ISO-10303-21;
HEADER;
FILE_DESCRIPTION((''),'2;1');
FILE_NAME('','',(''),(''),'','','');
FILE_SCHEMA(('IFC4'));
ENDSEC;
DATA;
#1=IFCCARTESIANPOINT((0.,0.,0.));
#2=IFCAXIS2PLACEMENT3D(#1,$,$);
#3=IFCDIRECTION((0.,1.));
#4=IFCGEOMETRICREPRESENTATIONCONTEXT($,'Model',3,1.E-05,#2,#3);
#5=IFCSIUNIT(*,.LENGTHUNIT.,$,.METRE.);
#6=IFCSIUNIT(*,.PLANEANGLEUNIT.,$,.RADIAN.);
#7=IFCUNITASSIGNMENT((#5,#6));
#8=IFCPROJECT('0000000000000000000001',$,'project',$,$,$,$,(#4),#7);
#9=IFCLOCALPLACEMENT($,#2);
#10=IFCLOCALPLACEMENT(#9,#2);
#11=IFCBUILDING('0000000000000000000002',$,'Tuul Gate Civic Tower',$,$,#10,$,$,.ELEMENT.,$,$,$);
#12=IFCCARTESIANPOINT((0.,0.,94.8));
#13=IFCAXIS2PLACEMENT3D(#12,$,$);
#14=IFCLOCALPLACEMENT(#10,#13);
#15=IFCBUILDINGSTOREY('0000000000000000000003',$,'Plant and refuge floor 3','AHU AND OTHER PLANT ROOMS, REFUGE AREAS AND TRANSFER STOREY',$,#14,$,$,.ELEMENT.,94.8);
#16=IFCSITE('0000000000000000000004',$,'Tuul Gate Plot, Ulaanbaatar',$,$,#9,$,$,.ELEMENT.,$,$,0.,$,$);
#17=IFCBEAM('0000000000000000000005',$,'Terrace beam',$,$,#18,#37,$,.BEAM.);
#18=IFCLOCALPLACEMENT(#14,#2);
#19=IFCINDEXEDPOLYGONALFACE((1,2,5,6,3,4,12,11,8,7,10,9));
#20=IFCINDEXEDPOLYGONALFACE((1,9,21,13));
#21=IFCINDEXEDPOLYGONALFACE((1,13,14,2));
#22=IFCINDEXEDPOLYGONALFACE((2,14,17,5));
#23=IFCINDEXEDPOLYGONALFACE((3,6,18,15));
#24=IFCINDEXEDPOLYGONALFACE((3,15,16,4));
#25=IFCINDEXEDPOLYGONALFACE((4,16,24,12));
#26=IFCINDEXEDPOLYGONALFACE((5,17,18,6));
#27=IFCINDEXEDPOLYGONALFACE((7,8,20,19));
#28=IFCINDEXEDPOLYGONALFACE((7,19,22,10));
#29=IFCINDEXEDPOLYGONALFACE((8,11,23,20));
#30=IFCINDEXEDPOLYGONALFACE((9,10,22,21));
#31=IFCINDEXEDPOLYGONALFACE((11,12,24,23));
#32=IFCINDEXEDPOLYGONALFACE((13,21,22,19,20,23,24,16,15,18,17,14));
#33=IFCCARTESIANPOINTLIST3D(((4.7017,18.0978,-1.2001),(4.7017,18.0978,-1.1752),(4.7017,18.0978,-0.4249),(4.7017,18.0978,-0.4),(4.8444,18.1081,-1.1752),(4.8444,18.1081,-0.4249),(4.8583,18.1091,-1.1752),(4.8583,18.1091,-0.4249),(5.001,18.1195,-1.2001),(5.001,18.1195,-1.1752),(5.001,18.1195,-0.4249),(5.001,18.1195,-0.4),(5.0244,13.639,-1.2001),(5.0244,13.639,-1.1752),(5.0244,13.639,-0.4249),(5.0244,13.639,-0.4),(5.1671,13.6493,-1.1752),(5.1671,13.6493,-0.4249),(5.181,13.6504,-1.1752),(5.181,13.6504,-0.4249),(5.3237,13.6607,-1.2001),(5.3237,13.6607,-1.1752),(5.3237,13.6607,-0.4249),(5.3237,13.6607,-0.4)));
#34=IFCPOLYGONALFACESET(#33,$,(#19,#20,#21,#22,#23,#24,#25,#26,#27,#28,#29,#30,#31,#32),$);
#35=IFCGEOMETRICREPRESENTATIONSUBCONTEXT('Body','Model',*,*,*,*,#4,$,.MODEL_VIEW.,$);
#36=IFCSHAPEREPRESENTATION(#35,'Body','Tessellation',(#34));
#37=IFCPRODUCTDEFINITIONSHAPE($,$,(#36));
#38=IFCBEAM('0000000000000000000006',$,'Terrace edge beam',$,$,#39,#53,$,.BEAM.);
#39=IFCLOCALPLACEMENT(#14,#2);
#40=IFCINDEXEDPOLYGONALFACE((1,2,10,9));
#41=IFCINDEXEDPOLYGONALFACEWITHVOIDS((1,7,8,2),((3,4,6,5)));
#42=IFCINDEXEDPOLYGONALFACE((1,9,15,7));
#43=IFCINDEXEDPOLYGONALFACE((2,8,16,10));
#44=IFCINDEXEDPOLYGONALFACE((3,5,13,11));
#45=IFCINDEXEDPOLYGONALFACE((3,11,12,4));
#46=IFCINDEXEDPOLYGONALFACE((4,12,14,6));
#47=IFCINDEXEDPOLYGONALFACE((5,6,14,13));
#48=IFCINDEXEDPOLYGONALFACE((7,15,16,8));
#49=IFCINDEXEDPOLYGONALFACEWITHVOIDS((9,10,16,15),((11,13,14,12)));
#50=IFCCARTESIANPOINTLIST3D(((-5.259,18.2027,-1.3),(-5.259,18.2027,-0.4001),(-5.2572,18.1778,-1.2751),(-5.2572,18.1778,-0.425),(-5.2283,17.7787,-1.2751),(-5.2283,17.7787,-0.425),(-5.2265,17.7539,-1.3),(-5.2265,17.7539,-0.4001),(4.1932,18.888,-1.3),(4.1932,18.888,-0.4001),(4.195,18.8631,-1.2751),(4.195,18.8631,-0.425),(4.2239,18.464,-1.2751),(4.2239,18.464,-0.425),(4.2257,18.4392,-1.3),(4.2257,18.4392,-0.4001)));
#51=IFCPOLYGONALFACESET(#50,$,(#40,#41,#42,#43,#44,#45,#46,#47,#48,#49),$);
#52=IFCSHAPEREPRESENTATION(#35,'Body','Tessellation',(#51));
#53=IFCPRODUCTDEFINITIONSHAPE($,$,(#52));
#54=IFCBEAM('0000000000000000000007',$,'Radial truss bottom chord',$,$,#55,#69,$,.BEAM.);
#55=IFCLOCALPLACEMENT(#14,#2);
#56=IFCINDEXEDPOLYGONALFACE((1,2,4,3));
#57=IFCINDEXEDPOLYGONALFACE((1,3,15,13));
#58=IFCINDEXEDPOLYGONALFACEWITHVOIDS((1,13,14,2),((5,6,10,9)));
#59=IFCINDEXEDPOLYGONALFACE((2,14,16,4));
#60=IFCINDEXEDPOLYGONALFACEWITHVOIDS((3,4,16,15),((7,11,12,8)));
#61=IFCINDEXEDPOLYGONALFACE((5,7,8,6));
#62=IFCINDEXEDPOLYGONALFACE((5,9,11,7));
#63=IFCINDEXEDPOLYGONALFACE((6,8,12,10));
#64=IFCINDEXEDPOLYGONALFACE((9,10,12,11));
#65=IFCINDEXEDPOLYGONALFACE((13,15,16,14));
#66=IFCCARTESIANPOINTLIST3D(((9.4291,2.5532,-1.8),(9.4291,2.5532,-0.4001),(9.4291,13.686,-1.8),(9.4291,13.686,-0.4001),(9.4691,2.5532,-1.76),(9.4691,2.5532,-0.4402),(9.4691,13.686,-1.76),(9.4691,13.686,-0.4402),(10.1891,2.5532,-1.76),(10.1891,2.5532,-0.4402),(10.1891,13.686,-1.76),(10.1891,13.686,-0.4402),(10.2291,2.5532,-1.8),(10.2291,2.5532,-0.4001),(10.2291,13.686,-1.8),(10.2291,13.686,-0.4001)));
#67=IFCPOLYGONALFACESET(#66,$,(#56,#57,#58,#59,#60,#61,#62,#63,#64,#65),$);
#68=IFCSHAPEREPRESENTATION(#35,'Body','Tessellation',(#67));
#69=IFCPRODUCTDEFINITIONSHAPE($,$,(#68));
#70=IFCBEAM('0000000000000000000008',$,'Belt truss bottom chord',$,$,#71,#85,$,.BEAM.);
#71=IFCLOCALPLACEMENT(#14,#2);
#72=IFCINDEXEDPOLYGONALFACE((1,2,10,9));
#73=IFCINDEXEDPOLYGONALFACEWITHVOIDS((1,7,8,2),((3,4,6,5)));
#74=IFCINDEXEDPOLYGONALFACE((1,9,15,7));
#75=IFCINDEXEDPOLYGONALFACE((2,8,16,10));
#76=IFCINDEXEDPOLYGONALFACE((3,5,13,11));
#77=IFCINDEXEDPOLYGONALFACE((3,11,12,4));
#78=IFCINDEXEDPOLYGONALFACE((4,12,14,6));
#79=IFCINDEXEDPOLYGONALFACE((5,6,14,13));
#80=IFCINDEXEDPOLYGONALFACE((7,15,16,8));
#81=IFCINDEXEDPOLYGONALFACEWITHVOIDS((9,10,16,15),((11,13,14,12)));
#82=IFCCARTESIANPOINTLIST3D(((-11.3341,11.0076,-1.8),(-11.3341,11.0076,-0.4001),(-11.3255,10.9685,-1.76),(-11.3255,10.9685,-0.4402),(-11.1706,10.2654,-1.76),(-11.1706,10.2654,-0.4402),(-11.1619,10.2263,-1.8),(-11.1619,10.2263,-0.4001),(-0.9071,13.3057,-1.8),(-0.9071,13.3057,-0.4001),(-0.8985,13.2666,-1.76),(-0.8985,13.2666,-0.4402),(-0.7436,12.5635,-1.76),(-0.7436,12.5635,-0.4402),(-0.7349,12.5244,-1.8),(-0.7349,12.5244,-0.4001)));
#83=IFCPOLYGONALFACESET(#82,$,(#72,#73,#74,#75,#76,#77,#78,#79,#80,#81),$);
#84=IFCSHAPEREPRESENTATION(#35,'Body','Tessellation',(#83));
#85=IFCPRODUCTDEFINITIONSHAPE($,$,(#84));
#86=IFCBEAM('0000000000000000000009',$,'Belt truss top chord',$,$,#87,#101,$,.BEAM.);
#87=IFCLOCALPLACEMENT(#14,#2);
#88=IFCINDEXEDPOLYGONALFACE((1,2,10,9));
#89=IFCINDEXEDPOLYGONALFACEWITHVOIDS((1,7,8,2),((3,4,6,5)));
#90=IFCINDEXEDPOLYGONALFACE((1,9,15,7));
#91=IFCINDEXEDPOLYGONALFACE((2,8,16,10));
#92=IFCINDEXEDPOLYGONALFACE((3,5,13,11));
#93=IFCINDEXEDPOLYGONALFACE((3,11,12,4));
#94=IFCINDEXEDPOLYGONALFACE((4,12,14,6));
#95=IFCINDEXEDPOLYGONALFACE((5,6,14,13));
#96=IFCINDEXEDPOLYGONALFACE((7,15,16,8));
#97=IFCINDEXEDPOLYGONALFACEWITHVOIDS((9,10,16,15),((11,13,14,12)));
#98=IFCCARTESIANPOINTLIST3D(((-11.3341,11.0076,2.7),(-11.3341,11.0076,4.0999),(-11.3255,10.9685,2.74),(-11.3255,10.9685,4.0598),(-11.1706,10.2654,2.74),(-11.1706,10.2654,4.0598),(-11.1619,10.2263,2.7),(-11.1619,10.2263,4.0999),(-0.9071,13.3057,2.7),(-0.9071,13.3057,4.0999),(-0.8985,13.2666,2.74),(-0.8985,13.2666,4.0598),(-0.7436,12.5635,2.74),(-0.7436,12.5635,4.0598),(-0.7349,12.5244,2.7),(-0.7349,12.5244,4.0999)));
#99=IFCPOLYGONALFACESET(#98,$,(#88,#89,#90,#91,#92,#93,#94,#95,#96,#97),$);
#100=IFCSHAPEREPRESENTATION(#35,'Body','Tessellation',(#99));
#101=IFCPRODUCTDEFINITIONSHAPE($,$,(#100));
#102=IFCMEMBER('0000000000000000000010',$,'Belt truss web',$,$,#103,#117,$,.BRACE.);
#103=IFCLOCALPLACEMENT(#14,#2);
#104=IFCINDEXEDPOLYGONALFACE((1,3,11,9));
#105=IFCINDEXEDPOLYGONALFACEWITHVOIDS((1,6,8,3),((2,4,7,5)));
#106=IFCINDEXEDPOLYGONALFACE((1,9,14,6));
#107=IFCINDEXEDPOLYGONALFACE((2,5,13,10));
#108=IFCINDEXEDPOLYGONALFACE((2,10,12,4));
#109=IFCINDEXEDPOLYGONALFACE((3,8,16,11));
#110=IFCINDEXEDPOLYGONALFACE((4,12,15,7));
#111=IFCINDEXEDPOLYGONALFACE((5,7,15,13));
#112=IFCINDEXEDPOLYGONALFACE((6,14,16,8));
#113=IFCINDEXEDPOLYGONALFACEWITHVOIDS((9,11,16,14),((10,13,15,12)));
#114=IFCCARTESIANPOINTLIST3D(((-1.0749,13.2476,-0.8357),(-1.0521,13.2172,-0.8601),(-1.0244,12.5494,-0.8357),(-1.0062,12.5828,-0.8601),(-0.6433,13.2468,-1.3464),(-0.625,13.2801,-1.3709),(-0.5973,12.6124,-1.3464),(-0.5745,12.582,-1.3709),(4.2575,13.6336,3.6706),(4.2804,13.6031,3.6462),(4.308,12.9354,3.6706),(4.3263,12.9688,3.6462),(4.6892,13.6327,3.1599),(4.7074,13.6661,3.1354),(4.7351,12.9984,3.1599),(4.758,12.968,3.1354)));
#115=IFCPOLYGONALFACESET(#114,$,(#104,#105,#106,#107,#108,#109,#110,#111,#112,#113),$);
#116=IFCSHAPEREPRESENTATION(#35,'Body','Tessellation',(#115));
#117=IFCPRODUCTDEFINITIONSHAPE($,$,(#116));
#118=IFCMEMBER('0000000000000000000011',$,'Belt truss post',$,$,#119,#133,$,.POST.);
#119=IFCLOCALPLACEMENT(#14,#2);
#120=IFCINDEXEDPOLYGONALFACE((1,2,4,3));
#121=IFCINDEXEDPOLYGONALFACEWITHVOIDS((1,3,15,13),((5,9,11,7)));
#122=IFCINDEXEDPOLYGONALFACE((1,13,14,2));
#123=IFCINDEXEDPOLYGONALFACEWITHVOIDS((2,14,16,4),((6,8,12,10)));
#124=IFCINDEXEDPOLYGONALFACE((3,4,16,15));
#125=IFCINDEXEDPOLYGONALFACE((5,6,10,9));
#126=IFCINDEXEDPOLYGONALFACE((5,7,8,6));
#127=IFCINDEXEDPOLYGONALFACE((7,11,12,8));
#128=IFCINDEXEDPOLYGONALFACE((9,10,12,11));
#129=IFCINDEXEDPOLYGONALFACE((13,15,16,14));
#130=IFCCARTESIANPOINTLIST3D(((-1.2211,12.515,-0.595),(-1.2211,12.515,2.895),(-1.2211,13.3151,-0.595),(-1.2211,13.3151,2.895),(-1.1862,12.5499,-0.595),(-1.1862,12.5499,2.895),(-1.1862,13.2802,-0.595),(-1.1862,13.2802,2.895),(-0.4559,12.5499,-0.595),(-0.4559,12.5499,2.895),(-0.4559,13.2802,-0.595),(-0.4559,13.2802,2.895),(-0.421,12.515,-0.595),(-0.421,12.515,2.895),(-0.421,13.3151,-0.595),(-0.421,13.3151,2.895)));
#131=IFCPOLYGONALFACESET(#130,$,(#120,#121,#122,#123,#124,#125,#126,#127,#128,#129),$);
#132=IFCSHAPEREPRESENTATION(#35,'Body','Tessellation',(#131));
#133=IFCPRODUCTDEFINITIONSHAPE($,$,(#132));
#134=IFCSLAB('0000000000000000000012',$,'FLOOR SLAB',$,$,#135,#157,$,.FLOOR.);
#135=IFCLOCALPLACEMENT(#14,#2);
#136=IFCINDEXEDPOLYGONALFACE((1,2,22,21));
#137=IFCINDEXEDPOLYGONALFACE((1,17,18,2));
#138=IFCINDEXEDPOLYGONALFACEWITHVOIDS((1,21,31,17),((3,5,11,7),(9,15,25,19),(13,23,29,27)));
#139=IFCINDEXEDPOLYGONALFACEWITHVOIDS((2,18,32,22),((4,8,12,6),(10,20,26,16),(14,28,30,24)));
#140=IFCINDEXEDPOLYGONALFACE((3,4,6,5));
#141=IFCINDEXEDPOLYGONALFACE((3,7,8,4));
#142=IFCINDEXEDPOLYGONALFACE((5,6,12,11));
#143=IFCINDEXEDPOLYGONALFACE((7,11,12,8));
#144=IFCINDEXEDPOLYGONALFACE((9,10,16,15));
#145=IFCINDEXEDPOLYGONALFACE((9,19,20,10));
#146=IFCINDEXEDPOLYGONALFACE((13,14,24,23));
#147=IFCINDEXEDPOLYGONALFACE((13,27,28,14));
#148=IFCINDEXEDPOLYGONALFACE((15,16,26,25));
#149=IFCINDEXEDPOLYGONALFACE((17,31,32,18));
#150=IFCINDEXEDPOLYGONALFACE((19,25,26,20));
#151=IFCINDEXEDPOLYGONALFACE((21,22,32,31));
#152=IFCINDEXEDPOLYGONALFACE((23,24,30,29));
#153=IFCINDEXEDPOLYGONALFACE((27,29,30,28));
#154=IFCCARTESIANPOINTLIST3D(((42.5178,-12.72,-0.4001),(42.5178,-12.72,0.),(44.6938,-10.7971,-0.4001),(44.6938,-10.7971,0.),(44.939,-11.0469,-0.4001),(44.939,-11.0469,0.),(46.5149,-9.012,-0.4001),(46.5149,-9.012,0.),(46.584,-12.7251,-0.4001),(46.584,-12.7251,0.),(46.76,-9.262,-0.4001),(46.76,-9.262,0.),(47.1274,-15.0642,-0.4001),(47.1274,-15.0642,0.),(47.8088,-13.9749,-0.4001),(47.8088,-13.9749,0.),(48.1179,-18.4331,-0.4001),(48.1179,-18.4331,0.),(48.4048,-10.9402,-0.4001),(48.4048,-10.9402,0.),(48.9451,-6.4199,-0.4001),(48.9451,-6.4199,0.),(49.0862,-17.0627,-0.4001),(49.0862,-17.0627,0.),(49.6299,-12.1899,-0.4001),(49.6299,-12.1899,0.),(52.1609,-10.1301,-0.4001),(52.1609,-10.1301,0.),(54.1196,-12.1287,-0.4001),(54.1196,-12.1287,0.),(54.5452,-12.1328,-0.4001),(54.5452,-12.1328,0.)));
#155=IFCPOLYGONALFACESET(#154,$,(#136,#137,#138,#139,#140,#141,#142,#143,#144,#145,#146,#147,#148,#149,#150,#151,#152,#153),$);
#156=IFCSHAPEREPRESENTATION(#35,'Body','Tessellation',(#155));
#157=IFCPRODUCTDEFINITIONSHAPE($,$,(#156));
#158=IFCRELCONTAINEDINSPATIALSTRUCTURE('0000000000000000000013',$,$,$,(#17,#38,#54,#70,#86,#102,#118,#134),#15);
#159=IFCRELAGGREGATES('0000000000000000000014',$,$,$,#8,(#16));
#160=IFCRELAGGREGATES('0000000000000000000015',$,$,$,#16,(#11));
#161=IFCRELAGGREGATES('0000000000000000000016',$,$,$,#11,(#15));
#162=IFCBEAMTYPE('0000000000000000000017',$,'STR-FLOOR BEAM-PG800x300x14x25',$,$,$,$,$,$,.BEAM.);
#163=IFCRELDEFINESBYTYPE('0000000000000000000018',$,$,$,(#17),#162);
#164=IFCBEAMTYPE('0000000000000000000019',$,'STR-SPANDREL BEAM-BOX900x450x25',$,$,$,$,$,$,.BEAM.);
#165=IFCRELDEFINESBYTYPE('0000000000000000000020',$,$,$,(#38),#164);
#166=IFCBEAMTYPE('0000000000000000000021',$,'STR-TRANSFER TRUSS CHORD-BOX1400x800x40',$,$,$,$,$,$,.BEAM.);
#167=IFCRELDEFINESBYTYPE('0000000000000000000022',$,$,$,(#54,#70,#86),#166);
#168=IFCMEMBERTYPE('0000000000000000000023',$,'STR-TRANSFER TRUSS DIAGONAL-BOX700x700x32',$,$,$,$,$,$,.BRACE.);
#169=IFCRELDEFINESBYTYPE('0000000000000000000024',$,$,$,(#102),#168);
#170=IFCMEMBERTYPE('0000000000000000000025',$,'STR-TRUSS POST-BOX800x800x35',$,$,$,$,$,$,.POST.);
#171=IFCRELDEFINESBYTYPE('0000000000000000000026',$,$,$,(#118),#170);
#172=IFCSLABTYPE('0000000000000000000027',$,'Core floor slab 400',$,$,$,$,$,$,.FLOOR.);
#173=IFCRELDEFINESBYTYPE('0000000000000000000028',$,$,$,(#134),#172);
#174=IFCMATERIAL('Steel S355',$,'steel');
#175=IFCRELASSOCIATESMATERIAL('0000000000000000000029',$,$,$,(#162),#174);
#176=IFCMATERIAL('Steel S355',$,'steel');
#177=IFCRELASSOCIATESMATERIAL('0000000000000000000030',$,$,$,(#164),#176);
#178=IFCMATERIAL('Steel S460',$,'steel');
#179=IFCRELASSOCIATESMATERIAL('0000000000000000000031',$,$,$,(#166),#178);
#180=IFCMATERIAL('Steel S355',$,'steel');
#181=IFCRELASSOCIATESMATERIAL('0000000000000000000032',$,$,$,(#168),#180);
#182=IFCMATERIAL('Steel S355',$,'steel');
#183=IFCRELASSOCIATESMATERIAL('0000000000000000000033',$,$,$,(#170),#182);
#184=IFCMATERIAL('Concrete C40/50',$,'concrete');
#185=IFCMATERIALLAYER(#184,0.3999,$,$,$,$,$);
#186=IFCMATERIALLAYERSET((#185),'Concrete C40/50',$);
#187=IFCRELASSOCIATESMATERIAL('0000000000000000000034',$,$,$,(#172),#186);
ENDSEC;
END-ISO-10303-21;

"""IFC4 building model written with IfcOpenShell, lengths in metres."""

from ifc_helpers import new_model, si_unit, direction, frame, origin, origin_2d, place, context, subcontext, project, spatial, polyline, hollow_rectangle, i_section, outline, extrude, material, layer, layer_set, material_profile, profile_set, type_object, element, save


model = new_model("IFC4")

# Units and contexts
model_context = context("Model", 3, precision=1e-05, world=origin(), true_north=direction((0.0, 1.0)))
body_context = subcontext(model_context, "Body", "Model", "MODEL_VIEW")
ifc_project = project(units=[si_unit("LENGTHUNIT", "METRE"), si_unit("PLANEANGLEUNIT", "RADIAN")], contexts=[model_context])

# Site, building, storey
site_placement = place(None, origin())
site = spatial("IfcSite", under=ifc_project, at=site_placement, Name="Tuul Gate Plot, Ulaanbaatar", CompositionType="ELEMENT", RefElevation=0.0)
building_placement = place(site_placement, origin())
building = spatial("IfcBuilding", under=site, at=building_placement, Name="Tuul Gate Civic Tower", CompositionType="ELEMENT")
storey_placement = place(building_placement, frame((0.0, 0.0, 94.8)))
storey = spatial("IfcBuildingStorey", under=building, at=storey_placement, Name="Plant and refuge floor 3", Description="AHU AND OTHER PLANT ROOMS, REFUGE AREAS AND TRANSFER STOREY", CompositionType="ELEMENT", Elevation=94.8)

# Beams
ifc_material_1 = material(Name="Steel S355", Category="steel")
ifc_material_profile_1 = material_profile(ifc_material_1, i_section(OverallWidth=0.3, OverallDepth=0.8, WebThickness=0.0139, FlangeThickness=0.0249, at=origin_2d()), Name="PG800x300x14x25")
ifc_profile_set_1 = profile_set([ifc_material_profile_1], Name="Steel S355")
beam_type_1 = type_object("IfcBeamType", Name="STR-FLOOR BEAM-PG800x300x14x25", PredefinedType="BEAM", material=ifc_profile_set_1)
beam_1_placement = place(storey_placement, frame((4.8513, 18.1086, -0.8), z_axis=(0.072198, -0.99739, 0.0), x_axis=(0.99739, 0.072198, 0.0)))
element("IfcBeam", 1, at=beam_1_placement, inside=storey, type_object=beam_type_1, Name="Terrace beam", PredefinedType="BEAM", context=body_context, shape_type="SweptSolid", body=[
    extrude(i_section(OverallWidth=0.3, OverallDepth=0.8, WebThickness=0.0139, FlangeThickness=0.0249, at=origin_2d()), origin(), (0.0, 0.0, 1.0), 4.4705),
])
ifc_material_2 = material(Name="Steel S355", Category="steel")
ifc_material_profile_2 = material_profile(ifc_material_2, hollow_rectangle(XDim=0.45, YDim=0.8999, WallThickness=0.0249, at=origin_2d()), Name="BOX900x450x25")
ifc_profile_set_2 = profile_set([ifc_material_profile_2], Name="Steel S355")
beam_type_2 = type_object("IfcBeamType", Name="STR-SPANDREL BEAM-BOX900x450x25", PredefinedType="BEAM", material=ifc_profile_set_2)
beam_2_placement = place(storey_placement, frame((4.2095, 18.6636, -0.8501), z_axis=(-0.997382, -0.072313, 0.0), x_axis=(0.072313, -0.997382, 0.0)))
element("IfcBeam", 2, at=beam_2_placement, inside=storey, type_object=beam_type_2, Name="Terrace edge beam", PredefinedType="BEAM", context=body_context, shape_type="SweptSolid", body=[
    extrude(hollow_rectangle(XDim=0.45, YDim=0.8999, WallThickness=0.0249, at=origin_2d()), origin(), (0.0, 0.0, 1.0), 9.4771),
])
ifc_material_3 = material(Name="Steel S460", Category="steel")
ifc_material_profile_3 = material_profile(ifc_material_3, hollow_rectangle(XDim=0.8, YDim=1.3999, WallThickness=0.04, at=origin_2d()), Name="BOX1400x800x40")
ifc_profile_set_3 = profile_set([ifc_material_profile_3], Name="Steel S460")
beam_type_3 = type_object("IfcBeamType", Name="STR-TRANSFER TRUSS CHORD-BOX1400x800x40", PredefinedType="BEAM", material=ifc_profile_set_3)
beam_3_placement = place(storey_placement, frame((9.8291, 13.686, -1.1001), z_axis=(0.0, -1.0, 0.0), x_axis=(1.0, 0.0, 0.0)))
element("IfcBeam", 3, at=beam_3_placement, inside=storey, type_object=beam_type_3, Name="Radial truss bottom chord", PredefinedType="BEAM", context=body_context, shape_type="SweptSolid", body=[
    extrude(hollow_rectangle(XDim=0.8, YDim=1.3999, WallThickness=0.04, at=origin_2d()), origin(), (0.0, 0.0, 1.0), 11.1328),
])
for number, where, z_axis, x_axis, name in (
    (4, (-0.821, 12.915, -1.1001), (-0.976563, -0.215233, 0.0), (0.215233, -0.976563, 0.0), "Belt truss bottom chord"),
    (5, (-0.821, 12.915, 3.3999), (-0.976563, -0.215233, 0.0), (0.215233, -0.976563, 0.0), "Belt truss top chord"),
):
    element("IfcBeam", number, at=place(storey_placement, frame(where, z_axis=z_axis, x_axis=x_axis)), inside=storey, type_object=beam_type_3, Name=name, PredefinedType="BEAM", context=body_context, shape_type="SweptSolid", body=[
        extrude(hollow_rectangle(XDim=0.8, YDim=1.3999, WallThickness=0.04, at=origin_2d()), origin(), (0.0, 0.0, 1.0), 10.6772),
    ])

# Members
ifc_material_4 = material(Name="Steel S355", Category="steel")
ifc_material_profile_4 = material_profile(ifc_material_4, hollow_rectangle(XDim=0.7, YDim=0.7, WallThickness=0.032, at=origin_2d()), Name="BOX700x700x32")
ifc_profile_set_4 = profile_set([ifc_material_profile_4], Name="Steel S355")
member_type_1 = type_object("IfcMemberType", Name="STR-TRANSFER TRUSS DIAGONAL-BOX700x700x32", PredefinedType="BRACE", material=ifc_profile_set_4)
member_1_placement = place(storey_placement, frame((-0.8247, 12.9148, -1.1033), z_axis=(0.76263, 0.055202, 0.644475), x_axis=(-0.072195, 0.997391, 0.0)))
element("IfcMember", 6, at=member_1_placement, inside=storey, type_object=member_type_1, Name="Belt truss web", PredefinedType="BRACE", context=body_context, shape_type="SweptSolid", body=[
    extrude(hollow_rectangle(XDim=0.7, YDim=0.7, WallThickness=0.032, at=origin_2d()), origin(), (0.0, 0.0, 1.0), 6.9922),
])
ifc_material_5 = material(Name="Steel S355", Category="steel")
ifc_material_profile_5 = material_profile(ifc_material_5, hollow_rectangle(XDim=0.8, YDim=0.8, WallThickness=0.0349, at=origin_2d()), Name="BOX800x800x35")
ifc_profile_set_5 = profile_set([ifc_material_profile_5], Name="Steel S355")
member_type_2 = type_object("IfcMemberType", Name="STR-TRUSS POST-BOX800x800x35", PredefinedType="POST", material=ifc_profile_set_5)
member_2_placement = place(storey_placement, frame((-0.821, 12.915, -0.595), z_axis=(0.0, 0.0, 1.0), x_axis=(1.0, 0.0, 0.0)))
element("IfcMember", 7, at=member_2_placement, inside=storey, type_object=member_type_2, Name="Belt truss post", PredefinedType="POST", context=body_context, shape_type="SweptSolid", body=[
    extrude(hollow_rectangle(XDim=0.8, YDim=0.8, WallThickness=0.0349, at=origin_2d()), origin(), (0.0, 0.0, 1.0), 3.49),
])

# Slab
ifc_material_6 = material(Name="Concrete C40/50", Category="concrete")
ifc_layer_1 = layer(ifc_material_6, 0.3999)
ifc_layer_set_1 = layer_set([ifc_layer_1], Name="Concrete C40/50")
slab_type_1 = type_object("IfcSlabType", Name="Core floor slab 400", PredefinedType="FLOOR", material=ifc_layer_set_1)
slab_1_placement = place(storey_placement, frame((0.0, 0.0, -0.4001)))
element("IfcSlab", 8, at=slab_1_placement, inside=storey, type_object=slab_type_1, Name="FLOOR SLAB", PredefinedType="FLOOR", context=body_context, shape_type="SweptSolid", body=[
    extrude(outline(polyline([(48.1179, -18.4331), (54.5452, -12.1328), (48.9451, -6.4199), (42.5178, -12.72), (48.1179, -18.4331)]), holes=[polyline([(47.8088, -13.9749), (49.6299, -12.1899), (48.4048, -10.9402), (46.584, -12.7251), (47.8088, -13.9749)]), polyline([(44.939, -11.0469), (46.76, -9.262), (46.5149, -9.012), (44.6938, -10.7971), (44.939, -11.0469)]), polyline([(49.0862, -17.0627), (47.1274, -15.0642), (52.1609, -10.1301), (54.1196, -12.1287), (49.0862, -17.0627)])]), origin(), (0.0, 0.0, 1.0), 0.4001),
])

save(model, "model.ifc")
